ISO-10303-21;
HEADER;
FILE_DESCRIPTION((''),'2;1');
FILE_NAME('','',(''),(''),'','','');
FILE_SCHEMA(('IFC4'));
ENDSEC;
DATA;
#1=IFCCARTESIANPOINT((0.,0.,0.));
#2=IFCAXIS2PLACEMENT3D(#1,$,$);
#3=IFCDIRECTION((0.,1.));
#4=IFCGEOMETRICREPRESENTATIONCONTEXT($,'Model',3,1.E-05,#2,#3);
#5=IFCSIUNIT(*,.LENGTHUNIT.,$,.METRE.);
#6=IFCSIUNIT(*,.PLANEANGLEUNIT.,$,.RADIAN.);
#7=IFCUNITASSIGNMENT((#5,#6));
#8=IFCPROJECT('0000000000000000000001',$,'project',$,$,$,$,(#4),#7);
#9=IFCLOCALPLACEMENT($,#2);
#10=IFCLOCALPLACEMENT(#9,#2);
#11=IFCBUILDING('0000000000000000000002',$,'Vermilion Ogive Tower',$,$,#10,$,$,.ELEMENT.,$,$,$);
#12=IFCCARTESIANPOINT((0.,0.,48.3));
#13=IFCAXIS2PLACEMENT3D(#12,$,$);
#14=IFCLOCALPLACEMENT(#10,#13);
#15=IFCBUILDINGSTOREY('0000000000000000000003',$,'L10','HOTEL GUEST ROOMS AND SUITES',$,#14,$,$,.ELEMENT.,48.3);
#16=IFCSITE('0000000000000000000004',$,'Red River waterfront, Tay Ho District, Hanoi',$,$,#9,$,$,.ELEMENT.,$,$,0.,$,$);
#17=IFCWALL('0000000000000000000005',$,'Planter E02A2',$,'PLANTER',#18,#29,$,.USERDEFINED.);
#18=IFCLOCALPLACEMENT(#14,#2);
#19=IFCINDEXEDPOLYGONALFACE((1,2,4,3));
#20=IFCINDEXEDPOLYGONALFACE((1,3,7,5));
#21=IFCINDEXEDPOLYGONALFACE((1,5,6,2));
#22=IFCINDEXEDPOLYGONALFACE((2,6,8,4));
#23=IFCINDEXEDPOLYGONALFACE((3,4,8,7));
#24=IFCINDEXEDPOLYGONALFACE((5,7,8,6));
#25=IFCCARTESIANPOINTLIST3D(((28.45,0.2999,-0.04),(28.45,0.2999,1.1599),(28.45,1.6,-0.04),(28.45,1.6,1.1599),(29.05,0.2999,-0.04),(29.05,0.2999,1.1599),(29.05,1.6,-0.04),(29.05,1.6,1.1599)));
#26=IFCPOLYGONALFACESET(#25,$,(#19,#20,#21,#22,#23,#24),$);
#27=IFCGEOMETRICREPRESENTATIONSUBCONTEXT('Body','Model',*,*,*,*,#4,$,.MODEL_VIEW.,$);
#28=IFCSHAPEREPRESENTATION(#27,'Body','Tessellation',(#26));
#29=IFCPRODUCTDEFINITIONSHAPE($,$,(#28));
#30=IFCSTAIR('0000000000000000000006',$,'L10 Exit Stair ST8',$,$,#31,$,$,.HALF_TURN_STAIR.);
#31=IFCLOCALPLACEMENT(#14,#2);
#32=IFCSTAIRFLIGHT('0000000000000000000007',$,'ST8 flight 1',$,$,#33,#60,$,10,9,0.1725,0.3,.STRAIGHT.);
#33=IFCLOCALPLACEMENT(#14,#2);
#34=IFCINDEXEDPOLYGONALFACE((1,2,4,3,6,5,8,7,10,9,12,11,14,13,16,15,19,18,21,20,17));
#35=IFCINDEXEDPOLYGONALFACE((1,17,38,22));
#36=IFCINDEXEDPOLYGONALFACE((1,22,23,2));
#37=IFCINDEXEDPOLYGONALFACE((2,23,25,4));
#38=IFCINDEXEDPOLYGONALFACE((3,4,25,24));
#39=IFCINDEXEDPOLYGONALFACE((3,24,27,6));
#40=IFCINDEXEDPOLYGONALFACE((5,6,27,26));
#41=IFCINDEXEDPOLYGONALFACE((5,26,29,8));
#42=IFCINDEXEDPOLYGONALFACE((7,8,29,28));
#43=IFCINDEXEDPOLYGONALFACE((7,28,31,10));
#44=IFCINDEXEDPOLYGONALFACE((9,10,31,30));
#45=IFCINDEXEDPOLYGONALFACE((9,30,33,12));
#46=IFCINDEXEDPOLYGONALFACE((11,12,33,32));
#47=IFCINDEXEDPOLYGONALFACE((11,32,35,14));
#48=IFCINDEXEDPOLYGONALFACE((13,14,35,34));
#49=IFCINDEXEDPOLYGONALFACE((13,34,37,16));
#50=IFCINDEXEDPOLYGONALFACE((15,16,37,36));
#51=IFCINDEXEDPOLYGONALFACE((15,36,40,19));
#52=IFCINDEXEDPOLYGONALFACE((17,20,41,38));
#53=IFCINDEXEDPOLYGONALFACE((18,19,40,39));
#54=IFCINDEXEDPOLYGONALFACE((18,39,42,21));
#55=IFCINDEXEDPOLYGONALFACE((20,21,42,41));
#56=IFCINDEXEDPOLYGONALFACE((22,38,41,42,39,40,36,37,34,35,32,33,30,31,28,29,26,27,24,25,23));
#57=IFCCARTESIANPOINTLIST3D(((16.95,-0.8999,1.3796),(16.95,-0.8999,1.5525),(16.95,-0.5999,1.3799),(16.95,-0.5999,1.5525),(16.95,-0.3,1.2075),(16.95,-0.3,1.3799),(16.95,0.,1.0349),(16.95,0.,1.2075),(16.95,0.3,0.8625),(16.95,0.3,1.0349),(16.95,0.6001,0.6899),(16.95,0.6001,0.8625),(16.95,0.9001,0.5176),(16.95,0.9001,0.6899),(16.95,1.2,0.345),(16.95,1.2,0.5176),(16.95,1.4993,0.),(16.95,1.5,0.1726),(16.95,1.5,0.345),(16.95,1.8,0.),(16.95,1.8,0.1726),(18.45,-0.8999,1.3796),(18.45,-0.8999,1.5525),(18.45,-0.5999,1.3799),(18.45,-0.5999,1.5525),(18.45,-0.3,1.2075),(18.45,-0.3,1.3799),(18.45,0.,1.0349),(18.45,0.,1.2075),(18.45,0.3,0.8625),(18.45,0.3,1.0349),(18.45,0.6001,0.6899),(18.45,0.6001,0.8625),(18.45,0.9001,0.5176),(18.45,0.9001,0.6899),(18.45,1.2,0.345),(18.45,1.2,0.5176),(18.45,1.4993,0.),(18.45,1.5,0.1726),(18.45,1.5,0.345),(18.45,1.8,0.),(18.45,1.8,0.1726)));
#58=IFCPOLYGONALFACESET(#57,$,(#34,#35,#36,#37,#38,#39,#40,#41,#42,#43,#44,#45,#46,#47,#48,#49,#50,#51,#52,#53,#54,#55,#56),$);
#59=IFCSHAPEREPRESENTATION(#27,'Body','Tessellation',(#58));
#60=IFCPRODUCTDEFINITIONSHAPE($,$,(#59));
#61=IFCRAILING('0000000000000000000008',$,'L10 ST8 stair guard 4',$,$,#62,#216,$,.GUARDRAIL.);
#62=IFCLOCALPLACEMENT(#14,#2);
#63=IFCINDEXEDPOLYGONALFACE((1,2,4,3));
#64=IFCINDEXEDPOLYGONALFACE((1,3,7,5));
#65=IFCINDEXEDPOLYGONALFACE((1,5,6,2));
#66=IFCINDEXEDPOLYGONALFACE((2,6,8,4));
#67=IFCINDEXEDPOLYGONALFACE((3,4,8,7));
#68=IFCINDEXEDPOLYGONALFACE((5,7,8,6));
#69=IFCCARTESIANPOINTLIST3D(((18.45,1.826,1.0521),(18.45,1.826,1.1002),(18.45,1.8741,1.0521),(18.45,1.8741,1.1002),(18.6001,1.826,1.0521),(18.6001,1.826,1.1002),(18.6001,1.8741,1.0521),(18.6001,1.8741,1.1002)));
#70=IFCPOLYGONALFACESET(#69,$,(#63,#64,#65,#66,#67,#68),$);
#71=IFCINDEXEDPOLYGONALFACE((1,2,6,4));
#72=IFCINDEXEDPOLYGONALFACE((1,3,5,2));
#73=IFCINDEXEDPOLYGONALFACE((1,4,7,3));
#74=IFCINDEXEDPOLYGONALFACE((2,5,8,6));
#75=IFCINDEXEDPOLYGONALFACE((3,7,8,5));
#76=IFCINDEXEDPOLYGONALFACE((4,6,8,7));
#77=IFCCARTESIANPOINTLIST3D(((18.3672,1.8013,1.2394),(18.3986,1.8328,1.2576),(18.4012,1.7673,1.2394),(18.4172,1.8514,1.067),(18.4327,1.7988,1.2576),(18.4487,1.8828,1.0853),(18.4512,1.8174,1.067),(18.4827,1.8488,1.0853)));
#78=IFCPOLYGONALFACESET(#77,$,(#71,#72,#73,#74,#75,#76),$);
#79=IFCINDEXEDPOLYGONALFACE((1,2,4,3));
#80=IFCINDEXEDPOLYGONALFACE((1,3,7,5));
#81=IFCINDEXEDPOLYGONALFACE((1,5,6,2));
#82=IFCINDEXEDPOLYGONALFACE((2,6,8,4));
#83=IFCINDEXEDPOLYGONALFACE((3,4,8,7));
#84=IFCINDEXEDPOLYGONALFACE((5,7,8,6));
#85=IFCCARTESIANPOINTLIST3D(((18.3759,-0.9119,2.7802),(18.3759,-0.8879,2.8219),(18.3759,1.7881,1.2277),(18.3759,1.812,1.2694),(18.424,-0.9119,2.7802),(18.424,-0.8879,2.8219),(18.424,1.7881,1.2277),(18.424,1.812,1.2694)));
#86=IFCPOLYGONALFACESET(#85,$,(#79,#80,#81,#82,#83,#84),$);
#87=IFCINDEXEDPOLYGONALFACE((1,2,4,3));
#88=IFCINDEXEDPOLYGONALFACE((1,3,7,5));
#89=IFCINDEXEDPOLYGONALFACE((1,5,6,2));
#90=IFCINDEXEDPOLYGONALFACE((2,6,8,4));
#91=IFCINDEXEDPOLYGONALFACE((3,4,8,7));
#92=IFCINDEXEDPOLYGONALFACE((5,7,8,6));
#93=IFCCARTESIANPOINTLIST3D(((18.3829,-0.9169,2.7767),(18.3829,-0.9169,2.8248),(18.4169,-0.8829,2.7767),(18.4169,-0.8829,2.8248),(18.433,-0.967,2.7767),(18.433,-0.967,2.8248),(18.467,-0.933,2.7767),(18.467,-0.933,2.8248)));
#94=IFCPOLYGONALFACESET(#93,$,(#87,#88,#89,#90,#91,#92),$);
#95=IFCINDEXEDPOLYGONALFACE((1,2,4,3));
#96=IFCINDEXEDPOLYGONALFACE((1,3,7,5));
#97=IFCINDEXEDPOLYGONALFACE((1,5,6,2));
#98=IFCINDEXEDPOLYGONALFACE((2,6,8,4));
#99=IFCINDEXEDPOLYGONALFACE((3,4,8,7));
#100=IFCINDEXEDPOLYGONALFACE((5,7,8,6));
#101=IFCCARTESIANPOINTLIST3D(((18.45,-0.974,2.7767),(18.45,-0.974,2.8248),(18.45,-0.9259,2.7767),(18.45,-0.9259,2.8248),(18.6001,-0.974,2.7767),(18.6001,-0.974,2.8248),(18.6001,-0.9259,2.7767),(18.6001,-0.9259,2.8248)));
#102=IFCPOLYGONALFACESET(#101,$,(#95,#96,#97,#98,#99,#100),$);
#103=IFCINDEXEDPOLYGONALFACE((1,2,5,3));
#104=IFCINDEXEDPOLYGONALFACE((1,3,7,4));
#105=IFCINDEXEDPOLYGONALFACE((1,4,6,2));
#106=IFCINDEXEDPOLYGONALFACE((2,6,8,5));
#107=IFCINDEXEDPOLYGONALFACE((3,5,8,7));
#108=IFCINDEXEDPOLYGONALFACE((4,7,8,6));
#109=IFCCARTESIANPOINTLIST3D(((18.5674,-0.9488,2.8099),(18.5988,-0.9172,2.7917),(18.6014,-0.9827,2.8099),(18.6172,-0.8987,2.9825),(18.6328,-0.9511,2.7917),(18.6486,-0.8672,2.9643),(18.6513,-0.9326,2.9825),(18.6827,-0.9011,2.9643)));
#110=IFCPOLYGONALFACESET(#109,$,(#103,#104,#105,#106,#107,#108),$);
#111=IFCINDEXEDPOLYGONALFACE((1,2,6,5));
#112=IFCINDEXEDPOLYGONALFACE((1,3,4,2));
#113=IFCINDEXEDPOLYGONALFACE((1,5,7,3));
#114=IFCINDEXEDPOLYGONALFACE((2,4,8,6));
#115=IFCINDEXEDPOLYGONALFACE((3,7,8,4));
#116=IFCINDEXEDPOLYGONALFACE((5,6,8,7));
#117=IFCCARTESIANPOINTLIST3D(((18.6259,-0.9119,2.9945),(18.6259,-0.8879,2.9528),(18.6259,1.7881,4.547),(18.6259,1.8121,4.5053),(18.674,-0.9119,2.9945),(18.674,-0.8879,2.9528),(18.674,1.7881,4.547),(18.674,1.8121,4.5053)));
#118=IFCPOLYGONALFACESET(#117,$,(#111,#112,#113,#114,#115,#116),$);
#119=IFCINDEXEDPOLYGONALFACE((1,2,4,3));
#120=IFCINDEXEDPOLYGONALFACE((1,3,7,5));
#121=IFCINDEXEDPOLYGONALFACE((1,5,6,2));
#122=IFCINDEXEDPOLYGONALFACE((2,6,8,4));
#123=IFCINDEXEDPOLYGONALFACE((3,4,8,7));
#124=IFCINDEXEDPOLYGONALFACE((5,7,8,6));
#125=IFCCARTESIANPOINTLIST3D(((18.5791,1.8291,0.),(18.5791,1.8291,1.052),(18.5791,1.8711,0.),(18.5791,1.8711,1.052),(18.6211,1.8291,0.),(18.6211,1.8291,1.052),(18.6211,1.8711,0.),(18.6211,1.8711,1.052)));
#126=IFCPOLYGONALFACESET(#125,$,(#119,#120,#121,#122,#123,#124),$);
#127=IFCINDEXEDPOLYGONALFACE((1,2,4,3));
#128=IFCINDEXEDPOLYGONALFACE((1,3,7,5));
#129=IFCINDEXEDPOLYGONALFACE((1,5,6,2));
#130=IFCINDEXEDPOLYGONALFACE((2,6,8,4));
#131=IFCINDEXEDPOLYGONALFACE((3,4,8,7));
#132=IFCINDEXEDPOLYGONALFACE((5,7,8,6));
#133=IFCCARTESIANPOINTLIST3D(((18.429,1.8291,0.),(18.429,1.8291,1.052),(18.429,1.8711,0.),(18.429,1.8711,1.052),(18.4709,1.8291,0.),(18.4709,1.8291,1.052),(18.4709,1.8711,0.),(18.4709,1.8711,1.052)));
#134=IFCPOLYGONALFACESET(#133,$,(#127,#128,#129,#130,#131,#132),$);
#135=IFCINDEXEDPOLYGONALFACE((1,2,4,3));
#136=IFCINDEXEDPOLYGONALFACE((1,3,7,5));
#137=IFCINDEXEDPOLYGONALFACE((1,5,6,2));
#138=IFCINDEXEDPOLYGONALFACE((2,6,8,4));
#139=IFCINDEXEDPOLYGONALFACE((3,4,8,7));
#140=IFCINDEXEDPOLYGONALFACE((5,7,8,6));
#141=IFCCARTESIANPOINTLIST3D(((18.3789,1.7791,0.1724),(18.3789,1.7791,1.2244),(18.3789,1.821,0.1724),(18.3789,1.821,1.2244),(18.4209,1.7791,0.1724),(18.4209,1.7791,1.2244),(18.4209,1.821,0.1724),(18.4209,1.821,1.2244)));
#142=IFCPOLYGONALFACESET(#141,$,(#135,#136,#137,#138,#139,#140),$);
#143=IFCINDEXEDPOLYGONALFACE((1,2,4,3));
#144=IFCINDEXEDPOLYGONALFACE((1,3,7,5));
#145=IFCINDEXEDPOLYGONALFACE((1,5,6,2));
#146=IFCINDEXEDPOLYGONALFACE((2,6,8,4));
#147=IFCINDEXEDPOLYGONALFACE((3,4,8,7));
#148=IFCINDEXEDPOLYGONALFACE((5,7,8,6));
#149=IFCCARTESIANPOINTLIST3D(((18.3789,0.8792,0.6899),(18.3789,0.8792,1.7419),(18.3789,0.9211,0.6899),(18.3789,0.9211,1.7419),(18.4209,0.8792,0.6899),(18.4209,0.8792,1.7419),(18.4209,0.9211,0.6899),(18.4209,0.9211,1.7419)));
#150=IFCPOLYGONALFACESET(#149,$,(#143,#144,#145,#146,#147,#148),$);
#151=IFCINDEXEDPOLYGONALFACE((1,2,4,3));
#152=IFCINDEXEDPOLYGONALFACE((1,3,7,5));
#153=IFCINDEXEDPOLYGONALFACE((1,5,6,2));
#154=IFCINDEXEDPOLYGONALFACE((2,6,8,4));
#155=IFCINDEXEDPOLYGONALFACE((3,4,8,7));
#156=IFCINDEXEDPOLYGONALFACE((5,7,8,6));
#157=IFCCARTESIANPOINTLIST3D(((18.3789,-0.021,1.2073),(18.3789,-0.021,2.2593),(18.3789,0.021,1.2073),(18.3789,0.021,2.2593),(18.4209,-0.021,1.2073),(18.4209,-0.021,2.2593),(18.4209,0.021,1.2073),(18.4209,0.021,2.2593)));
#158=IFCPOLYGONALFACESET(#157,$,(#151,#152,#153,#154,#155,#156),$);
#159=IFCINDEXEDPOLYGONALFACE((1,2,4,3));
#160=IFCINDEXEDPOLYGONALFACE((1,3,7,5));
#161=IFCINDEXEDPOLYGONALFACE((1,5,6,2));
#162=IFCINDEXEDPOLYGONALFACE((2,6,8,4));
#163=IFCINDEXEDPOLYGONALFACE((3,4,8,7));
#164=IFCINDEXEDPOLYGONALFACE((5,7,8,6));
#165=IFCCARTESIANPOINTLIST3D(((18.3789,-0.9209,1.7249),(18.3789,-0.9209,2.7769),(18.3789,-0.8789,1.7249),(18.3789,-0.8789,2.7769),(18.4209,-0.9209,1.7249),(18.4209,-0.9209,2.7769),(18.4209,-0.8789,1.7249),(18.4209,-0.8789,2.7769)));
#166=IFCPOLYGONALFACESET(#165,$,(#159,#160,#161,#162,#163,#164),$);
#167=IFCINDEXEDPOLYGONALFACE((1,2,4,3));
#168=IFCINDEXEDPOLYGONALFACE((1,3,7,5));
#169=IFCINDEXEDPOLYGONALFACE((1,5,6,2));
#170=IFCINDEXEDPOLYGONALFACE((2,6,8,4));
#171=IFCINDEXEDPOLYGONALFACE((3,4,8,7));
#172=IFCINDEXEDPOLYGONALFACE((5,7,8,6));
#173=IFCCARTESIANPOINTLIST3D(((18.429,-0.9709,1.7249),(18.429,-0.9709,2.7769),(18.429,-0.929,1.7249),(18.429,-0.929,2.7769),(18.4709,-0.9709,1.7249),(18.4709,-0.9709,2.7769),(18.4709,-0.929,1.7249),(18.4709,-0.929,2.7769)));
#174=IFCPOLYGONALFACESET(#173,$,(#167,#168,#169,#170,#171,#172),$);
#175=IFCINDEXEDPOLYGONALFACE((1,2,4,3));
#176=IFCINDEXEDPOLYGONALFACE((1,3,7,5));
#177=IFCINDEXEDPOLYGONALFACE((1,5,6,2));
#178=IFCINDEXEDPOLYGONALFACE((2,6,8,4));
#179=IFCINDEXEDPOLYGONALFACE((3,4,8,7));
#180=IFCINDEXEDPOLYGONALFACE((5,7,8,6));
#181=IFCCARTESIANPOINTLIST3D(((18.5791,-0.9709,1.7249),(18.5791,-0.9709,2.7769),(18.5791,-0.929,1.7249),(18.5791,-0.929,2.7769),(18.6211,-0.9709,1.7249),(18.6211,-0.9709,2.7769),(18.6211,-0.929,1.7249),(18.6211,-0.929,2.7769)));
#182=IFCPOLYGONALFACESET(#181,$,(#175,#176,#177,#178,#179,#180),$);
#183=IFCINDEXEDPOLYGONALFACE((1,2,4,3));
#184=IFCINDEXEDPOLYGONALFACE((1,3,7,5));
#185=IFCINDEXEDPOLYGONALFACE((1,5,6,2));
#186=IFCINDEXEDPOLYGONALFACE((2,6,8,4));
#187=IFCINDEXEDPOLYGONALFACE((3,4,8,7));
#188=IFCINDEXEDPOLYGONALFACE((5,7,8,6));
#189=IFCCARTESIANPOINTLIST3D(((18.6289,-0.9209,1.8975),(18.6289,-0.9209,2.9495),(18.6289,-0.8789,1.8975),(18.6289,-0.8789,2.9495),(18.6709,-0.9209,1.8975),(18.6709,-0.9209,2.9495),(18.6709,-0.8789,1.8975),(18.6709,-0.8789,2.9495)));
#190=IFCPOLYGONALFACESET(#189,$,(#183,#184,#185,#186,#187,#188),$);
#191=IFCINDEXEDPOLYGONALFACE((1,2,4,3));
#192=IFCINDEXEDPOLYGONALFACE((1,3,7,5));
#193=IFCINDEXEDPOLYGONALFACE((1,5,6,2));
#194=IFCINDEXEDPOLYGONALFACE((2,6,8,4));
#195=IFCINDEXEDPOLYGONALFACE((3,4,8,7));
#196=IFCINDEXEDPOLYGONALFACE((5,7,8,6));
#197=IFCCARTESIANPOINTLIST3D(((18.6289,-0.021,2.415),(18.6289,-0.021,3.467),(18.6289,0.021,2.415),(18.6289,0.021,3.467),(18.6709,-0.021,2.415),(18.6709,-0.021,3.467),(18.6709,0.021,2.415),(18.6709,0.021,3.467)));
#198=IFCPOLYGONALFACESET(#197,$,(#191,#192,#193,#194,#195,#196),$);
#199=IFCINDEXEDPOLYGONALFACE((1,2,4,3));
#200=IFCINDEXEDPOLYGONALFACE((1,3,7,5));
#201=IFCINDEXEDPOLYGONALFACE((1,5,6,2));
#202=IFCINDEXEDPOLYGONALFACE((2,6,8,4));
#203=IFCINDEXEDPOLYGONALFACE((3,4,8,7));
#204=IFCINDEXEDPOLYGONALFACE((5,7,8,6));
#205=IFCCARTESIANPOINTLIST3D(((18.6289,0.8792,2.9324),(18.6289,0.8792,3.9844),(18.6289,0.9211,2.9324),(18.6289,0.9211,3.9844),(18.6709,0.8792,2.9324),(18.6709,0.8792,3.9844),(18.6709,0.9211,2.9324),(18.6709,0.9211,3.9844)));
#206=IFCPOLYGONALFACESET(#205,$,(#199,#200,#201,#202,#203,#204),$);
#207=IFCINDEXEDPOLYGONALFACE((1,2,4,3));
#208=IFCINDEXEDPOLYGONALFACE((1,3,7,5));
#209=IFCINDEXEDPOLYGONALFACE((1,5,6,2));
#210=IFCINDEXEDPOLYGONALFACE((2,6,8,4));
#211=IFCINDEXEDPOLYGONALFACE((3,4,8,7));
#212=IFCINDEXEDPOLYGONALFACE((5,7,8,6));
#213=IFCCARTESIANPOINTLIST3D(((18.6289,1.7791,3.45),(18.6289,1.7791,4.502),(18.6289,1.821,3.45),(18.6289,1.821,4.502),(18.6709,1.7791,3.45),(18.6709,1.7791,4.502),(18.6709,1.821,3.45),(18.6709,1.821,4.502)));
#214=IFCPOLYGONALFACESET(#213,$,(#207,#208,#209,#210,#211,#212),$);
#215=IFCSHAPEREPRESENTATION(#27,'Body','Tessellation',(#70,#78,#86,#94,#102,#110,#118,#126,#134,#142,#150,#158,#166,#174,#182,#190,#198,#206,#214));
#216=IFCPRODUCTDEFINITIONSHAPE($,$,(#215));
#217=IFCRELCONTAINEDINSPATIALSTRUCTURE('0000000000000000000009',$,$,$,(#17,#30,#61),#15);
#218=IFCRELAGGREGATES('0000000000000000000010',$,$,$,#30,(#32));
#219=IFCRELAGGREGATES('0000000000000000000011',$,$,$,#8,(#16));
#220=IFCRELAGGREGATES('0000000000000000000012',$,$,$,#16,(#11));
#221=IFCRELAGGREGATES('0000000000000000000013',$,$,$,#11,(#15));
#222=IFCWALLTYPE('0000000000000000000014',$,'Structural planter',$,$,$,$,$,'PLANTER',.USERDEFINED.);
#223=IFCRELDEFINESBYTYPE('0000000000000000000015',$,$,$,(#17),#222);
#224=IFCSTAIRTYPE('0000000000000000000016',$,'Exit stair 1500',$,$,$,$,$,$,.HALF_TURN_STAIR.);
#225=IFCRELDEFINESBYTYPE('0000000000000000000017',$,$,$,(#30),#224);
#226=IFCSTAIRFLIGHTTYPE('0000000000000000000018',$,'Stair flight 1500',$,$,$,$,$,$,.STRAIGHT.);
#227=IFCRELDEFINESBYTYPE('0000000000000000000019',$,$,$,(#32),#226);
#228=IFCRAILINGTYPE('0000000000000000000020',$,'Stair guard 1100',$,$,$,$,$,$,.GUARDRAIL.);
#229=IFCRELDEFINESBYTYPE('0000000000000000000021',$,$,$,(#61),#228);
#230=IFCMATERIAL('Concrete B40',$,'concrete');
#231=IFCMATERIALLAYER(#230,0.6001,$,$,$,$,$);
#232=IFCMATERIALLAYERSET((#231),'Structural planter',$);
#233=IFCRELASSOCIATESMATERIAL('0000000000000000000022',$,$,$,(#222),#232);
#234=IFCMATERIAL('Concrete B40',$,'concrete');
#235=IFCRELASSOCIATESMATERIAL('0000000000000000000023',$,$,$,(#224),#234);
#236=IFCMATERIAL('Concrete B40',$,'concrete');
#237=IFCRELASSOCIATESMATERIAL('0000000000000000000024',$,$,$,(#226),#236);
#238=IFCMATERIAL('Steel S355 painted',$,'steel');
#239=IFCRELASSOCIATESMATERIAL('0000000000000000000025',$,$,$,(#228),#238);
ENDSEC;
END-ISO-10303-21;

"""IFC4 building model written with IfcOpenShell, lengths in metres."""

from ifc_helpers import new_model, si_unit, direction, frame, frame_2d, origin, origin_2d, place, context, subcontext, project, spatial, polyline, rectangle, outline, extrude, material, layer, layer_set, type_object, element, aggregate, save


model = new_model("IFC4")

# Units and contexts
model_context = context("Model", 3, precision=1e-05, world=origin(), true_north=direction((0.0, 1.0)))
body_context = subcontext(model_context, "Body", "Model", "MODEL_VIEW")
ifc_project = project(units=[si_unit("LENGTHUNIT", "METRE"), si_unit("PLANEANGLEUNIT", "RADIAN")], contexts=[model_context])

# Site, building, storey
site_placement = place(None, origin())
site = spatial("IfcSite", under=ifc_project, at=site_placement, Name="Red River waterfront, Tay Ho District, Hanoi", CompositionType="ELEMENT", RefElevation=0.0)
building_placement = place(site_placement, origin())
building = spatial("IfcBuilding", under=site, at=building_placement, Name="Vermilion Ogive Tower", CompositionType="ELEMENT")
storey_placement = place(building_placement, frame((0.0, 0.0, 48.3)))
storey = spatial("IfcBuildingStorey", under=building, at=storey_placement, Name="L10", Description="HOTEL GUEST ROOMS AND SUITES", CompositionType="ELEMENT", Elevation=48.3)

# Wall
ifc_material_1 = material(Name="Concrete B40", Category="concrete")
ifc_layer_1 = layer(ifc_material_1, 0.6001)
ifc_layer_set_1 = layer_set([ifc_layer_1], Name="Structural planter")
wall_type_1 = type_object("IfcWallType", Name="Structural planter", ElementType="PLANTER", PredefinedType="USERDEFINED", material=ifc_layer_set_1)
wall_1_placement = place(storey_placement, frame((28.75, 0.3, -0.04), z_axis=(0.0, 0.0, 1.0), x_axis=(0.0, 1.0, 0.0)))
element("IfcWall", 1, at=wall_1_placement, inside=storey, type_object=wall_type_1, Name="Planter E02A2", ObjectType="PLANTER", PredefinedType="USERDEFINED", context=body_context, shape_type="SweptSolid", body=[
    extrude(rectangle(XDim=1.3, YDim=0.6001, at=frame_2d((0.6499, 0.0))), origin(), (0.0, 0.0, 1.0), 1.2),
])

# Stair, stair flight
ifc_material_2 = material(Name="Concrete B40", Category="concrete")
stair_type = type_object("IfcStairType", Name="Exit stair 1500", PredefinedType="HALF_TURN_STAIR", material=ifc_material_2)
stair_placement = place(storey_placement, origin())
stair = element("IfcStair", 2, at=stair_placement, inside=storey, type_object=stair_type, Name="L10 Exit Stair ST8", PredefinedType="HALF_TURN_STAIR")
ifc_material_3 = material(Name="Concrete B40", Category="concrete")
stair_flight_type = type_object("IfcStairFlightType", Name="Stair flight 1500", PredefinedType="STRAIGHT", material=ifc_material_3)
stair_flight_placement = place(storey_placement, frame((17.7, 1.8, 0.0), z_axis=(0.0, 0.0, 1.0), x_axis=(0.0, -1.0, 0.0)))
stair_flight = element("IfcStairFlight", 3, at=stair_flight_placement, type_object=stair_flight_type, Name="ST8 flight 1", NumberOfRisers=10, NumberOfTreads=9, PredefinedType="STRAIGHT", RiserHeight=0.1725, TreadLength=0.3, context=body_context, shape_type="SweptSolid", body=[
    extrude(outline(polyline([(0.0, 0.0), (0.0, 0.1726), (0.3, 0.1726), (0.3, 0.345), (0.6001, 0.345), (0.6001, 0.5176), (0.8999, 0.5176), (0.8999, 0.6899), (1.2, 0.6899), (1.2, 0.8625), (1.5, 0.8625), (1.5, 1.0349), (1.8, 1.0349), (1.8, 1.2075), (2.1001, 1.2075), (2.1001, 1.3799), (2.3999, 1.3799), (2.3999, 1.5525), (2.7, 1.5525), (2.7, 1.7251), (2.7, 1.3796), (0.3008, 0.0), (0.0, 0.0)])), frame((0.0, 0.75, 0.0), z_axis=(0.0, -1.0, 0.0), x_axis=(1.0, 0.0, 0.0)), (0.0, 0.0, 1.0), 1.5),
])
aggregate(stair, [stair_flight])

# Railing
ifc_material_4 = material(Name="Steel S355 painted", Category="steel")
railing_type_1 = type_object("IfcRailingType", Name="Stair guard 1100", PredefinedType="GUARDRAIL", material=ifc_material_4)
railing_1_placement = place(storey_placement, frame((18.6001, 1.8501, 0.0)))
element("IfcRailing", 4, at=railing_1_placement, inside=storey, type_object=railing_type_1, Name="L10 ST8 stair guard 4", PredefinedType="GUARDRAIL", context=body_context, shape_type="SweptSolid", body=[
    extrude(rectangle(XDim=0.0481, YDim=0.0481, at=origin_2d()), frame((0.0, 0.0, 1.0762), z_axis=(-1.0, 0.0, 0.0), x_axis=(0.0, -1.0, 0.0)), (0.0, 0.0, 1.0), 0.1501),
    extrude(rectangle(XDim=0.0481, YDim=0.0481, at=origin_2d()), frame((-0.1501, 0.0, 1.0762), z_axis=(-0.268603, -0.268603, 0.925043), x_axis=(0.707107, -0.707107, 0.0)), (0.0, 0.0, 1.0), 0.1863),
    extrude(rectangle(XDim=0.0481, YDim=0.0481, at=origin_2d()), frame((-0.2002, -0.05, 1.2485), z_axis=(0.0, -0.866904, 0.498476), x_axis=(1.0, 0.0, 0.0)), (0.0, 0.0, 1.0), 3.1145),
    extrude(rectangle(XDim=0.0481, YDim=0.0481, at=origin_2d()), frame((-0.2002, -2.75, 2.8008), z_axis=(0.707107, -0.707107, 0.0), x_axis=(0.707107, 0.707107, 0.0)), (0.0, 0.0, 1.0), 0.0708),
    extrude(rectangle(XDim=0.0481, YDim=0.0481, at=origin_2d()), frame((-0.1501, -2.8, 2.8008), z_axis=(1.0, 0.0, 0.0), x_axis=(0.0, 1.0, 0.0)), (0.0, 0.0, 1.0), 0.1501),
    extrude(rectangle(XDim=0.0481, YDim=0.0481, at=origin_2d()), frame((0.0, -2.8, 2.8008), z_axis=(0.267063, 0.268372, 0.925556), x_axis=(-0.708834, 0.705376, 0.0)), (0.0, 0.0, 1.0), 0.1865),
    extrude(rectangle(XDim=0.0481, YDim=0.0481, at=origin_2d()), frame((0.0498, -2.75, 2.9736), z_axis=(0.0, 0.866904, 0.498476), x_axis=(-1.0, 0.0, 0.0)), (0.0, 0.0, 1.0), 3.1145),
    extrude(rectangle(XDim=0.042, YDim=0.042, at=origin_2d()), origin(), (0.0, 0.0, 1.0), 1.052),
    extrude(rectangle(XDim=0.042, YDim=0.042, at=origin_2d()), frame((-0.1501, 0.0, 0.0)), (0.0, 0.0, 1.0), 1.052),
    extrude(rectangle(XDim=0.042, YDim=0.042, at=origin_2d()), frame((-0.2002, -0.05, 0.1724)), (0.0, 0.0, 1.0), 1.052),
    extrude(rectangle(XDim=0.042, YDim=0.042, at=origin_2d()), frame((-0.2002, -0.95, 0.6899)), (0.0, 0.0, 1.0), 1.052),
    extrude(rectangle(XDim=0.042, YDim=0.042, at=origin_2d()), frame((-0.2002, -1.8501, 1.2073)), (0.0, 0.0, 1.0), 1.052),
    extrude(rectangle(XDim=0.042, YDim=0.042, at=origin_2d()), frame((-0.2002, -2.75, 1.7249)), (0.0, 0.0, 1.0), 1.052),
    extrude(rectangle(XDim=0.042, YDim=0.042, at=origin_2d()), frame((-0.1501, -2.8, 1.7249)), (0.0, 0.0, 1.0), 1.052),
    extrude(rectangle(XDim=0.042, YDim=0.042, at=origin_2d()), frame((0.0, -2.8, 1.7249)), (0.0, 0.0, 1.0), 1.052),
    extrude(rectangle(XDim=0.042, YDim=0.042, at=origin_2d()), frame((0.0498, -2.75, 1.8975)), (0.0, 0.0, 1.0), 1.052),
    extrude(rectangle(XDim=0.042, YDim=0.042, at=origin_2d()), frame((0.0498, -1.8501, 2.415)), (0.0, 0.0, 1.0), 1.052),
    extrude(rectangle(XDim=0.042, YDim=0.042, at=origin_2d()), frame((0.0498, -0.95, 2.9324)), (0.0, 0.0, 1.0), 1.052),
    extrude(rectangle(XDim=0.042, YDim=0.042, at=origin_2d()), frame((0.0498, -0.05, 3.45)), (0.0, 0.0, 1.0), 1.052),
])

save(model, "model.ifc")
